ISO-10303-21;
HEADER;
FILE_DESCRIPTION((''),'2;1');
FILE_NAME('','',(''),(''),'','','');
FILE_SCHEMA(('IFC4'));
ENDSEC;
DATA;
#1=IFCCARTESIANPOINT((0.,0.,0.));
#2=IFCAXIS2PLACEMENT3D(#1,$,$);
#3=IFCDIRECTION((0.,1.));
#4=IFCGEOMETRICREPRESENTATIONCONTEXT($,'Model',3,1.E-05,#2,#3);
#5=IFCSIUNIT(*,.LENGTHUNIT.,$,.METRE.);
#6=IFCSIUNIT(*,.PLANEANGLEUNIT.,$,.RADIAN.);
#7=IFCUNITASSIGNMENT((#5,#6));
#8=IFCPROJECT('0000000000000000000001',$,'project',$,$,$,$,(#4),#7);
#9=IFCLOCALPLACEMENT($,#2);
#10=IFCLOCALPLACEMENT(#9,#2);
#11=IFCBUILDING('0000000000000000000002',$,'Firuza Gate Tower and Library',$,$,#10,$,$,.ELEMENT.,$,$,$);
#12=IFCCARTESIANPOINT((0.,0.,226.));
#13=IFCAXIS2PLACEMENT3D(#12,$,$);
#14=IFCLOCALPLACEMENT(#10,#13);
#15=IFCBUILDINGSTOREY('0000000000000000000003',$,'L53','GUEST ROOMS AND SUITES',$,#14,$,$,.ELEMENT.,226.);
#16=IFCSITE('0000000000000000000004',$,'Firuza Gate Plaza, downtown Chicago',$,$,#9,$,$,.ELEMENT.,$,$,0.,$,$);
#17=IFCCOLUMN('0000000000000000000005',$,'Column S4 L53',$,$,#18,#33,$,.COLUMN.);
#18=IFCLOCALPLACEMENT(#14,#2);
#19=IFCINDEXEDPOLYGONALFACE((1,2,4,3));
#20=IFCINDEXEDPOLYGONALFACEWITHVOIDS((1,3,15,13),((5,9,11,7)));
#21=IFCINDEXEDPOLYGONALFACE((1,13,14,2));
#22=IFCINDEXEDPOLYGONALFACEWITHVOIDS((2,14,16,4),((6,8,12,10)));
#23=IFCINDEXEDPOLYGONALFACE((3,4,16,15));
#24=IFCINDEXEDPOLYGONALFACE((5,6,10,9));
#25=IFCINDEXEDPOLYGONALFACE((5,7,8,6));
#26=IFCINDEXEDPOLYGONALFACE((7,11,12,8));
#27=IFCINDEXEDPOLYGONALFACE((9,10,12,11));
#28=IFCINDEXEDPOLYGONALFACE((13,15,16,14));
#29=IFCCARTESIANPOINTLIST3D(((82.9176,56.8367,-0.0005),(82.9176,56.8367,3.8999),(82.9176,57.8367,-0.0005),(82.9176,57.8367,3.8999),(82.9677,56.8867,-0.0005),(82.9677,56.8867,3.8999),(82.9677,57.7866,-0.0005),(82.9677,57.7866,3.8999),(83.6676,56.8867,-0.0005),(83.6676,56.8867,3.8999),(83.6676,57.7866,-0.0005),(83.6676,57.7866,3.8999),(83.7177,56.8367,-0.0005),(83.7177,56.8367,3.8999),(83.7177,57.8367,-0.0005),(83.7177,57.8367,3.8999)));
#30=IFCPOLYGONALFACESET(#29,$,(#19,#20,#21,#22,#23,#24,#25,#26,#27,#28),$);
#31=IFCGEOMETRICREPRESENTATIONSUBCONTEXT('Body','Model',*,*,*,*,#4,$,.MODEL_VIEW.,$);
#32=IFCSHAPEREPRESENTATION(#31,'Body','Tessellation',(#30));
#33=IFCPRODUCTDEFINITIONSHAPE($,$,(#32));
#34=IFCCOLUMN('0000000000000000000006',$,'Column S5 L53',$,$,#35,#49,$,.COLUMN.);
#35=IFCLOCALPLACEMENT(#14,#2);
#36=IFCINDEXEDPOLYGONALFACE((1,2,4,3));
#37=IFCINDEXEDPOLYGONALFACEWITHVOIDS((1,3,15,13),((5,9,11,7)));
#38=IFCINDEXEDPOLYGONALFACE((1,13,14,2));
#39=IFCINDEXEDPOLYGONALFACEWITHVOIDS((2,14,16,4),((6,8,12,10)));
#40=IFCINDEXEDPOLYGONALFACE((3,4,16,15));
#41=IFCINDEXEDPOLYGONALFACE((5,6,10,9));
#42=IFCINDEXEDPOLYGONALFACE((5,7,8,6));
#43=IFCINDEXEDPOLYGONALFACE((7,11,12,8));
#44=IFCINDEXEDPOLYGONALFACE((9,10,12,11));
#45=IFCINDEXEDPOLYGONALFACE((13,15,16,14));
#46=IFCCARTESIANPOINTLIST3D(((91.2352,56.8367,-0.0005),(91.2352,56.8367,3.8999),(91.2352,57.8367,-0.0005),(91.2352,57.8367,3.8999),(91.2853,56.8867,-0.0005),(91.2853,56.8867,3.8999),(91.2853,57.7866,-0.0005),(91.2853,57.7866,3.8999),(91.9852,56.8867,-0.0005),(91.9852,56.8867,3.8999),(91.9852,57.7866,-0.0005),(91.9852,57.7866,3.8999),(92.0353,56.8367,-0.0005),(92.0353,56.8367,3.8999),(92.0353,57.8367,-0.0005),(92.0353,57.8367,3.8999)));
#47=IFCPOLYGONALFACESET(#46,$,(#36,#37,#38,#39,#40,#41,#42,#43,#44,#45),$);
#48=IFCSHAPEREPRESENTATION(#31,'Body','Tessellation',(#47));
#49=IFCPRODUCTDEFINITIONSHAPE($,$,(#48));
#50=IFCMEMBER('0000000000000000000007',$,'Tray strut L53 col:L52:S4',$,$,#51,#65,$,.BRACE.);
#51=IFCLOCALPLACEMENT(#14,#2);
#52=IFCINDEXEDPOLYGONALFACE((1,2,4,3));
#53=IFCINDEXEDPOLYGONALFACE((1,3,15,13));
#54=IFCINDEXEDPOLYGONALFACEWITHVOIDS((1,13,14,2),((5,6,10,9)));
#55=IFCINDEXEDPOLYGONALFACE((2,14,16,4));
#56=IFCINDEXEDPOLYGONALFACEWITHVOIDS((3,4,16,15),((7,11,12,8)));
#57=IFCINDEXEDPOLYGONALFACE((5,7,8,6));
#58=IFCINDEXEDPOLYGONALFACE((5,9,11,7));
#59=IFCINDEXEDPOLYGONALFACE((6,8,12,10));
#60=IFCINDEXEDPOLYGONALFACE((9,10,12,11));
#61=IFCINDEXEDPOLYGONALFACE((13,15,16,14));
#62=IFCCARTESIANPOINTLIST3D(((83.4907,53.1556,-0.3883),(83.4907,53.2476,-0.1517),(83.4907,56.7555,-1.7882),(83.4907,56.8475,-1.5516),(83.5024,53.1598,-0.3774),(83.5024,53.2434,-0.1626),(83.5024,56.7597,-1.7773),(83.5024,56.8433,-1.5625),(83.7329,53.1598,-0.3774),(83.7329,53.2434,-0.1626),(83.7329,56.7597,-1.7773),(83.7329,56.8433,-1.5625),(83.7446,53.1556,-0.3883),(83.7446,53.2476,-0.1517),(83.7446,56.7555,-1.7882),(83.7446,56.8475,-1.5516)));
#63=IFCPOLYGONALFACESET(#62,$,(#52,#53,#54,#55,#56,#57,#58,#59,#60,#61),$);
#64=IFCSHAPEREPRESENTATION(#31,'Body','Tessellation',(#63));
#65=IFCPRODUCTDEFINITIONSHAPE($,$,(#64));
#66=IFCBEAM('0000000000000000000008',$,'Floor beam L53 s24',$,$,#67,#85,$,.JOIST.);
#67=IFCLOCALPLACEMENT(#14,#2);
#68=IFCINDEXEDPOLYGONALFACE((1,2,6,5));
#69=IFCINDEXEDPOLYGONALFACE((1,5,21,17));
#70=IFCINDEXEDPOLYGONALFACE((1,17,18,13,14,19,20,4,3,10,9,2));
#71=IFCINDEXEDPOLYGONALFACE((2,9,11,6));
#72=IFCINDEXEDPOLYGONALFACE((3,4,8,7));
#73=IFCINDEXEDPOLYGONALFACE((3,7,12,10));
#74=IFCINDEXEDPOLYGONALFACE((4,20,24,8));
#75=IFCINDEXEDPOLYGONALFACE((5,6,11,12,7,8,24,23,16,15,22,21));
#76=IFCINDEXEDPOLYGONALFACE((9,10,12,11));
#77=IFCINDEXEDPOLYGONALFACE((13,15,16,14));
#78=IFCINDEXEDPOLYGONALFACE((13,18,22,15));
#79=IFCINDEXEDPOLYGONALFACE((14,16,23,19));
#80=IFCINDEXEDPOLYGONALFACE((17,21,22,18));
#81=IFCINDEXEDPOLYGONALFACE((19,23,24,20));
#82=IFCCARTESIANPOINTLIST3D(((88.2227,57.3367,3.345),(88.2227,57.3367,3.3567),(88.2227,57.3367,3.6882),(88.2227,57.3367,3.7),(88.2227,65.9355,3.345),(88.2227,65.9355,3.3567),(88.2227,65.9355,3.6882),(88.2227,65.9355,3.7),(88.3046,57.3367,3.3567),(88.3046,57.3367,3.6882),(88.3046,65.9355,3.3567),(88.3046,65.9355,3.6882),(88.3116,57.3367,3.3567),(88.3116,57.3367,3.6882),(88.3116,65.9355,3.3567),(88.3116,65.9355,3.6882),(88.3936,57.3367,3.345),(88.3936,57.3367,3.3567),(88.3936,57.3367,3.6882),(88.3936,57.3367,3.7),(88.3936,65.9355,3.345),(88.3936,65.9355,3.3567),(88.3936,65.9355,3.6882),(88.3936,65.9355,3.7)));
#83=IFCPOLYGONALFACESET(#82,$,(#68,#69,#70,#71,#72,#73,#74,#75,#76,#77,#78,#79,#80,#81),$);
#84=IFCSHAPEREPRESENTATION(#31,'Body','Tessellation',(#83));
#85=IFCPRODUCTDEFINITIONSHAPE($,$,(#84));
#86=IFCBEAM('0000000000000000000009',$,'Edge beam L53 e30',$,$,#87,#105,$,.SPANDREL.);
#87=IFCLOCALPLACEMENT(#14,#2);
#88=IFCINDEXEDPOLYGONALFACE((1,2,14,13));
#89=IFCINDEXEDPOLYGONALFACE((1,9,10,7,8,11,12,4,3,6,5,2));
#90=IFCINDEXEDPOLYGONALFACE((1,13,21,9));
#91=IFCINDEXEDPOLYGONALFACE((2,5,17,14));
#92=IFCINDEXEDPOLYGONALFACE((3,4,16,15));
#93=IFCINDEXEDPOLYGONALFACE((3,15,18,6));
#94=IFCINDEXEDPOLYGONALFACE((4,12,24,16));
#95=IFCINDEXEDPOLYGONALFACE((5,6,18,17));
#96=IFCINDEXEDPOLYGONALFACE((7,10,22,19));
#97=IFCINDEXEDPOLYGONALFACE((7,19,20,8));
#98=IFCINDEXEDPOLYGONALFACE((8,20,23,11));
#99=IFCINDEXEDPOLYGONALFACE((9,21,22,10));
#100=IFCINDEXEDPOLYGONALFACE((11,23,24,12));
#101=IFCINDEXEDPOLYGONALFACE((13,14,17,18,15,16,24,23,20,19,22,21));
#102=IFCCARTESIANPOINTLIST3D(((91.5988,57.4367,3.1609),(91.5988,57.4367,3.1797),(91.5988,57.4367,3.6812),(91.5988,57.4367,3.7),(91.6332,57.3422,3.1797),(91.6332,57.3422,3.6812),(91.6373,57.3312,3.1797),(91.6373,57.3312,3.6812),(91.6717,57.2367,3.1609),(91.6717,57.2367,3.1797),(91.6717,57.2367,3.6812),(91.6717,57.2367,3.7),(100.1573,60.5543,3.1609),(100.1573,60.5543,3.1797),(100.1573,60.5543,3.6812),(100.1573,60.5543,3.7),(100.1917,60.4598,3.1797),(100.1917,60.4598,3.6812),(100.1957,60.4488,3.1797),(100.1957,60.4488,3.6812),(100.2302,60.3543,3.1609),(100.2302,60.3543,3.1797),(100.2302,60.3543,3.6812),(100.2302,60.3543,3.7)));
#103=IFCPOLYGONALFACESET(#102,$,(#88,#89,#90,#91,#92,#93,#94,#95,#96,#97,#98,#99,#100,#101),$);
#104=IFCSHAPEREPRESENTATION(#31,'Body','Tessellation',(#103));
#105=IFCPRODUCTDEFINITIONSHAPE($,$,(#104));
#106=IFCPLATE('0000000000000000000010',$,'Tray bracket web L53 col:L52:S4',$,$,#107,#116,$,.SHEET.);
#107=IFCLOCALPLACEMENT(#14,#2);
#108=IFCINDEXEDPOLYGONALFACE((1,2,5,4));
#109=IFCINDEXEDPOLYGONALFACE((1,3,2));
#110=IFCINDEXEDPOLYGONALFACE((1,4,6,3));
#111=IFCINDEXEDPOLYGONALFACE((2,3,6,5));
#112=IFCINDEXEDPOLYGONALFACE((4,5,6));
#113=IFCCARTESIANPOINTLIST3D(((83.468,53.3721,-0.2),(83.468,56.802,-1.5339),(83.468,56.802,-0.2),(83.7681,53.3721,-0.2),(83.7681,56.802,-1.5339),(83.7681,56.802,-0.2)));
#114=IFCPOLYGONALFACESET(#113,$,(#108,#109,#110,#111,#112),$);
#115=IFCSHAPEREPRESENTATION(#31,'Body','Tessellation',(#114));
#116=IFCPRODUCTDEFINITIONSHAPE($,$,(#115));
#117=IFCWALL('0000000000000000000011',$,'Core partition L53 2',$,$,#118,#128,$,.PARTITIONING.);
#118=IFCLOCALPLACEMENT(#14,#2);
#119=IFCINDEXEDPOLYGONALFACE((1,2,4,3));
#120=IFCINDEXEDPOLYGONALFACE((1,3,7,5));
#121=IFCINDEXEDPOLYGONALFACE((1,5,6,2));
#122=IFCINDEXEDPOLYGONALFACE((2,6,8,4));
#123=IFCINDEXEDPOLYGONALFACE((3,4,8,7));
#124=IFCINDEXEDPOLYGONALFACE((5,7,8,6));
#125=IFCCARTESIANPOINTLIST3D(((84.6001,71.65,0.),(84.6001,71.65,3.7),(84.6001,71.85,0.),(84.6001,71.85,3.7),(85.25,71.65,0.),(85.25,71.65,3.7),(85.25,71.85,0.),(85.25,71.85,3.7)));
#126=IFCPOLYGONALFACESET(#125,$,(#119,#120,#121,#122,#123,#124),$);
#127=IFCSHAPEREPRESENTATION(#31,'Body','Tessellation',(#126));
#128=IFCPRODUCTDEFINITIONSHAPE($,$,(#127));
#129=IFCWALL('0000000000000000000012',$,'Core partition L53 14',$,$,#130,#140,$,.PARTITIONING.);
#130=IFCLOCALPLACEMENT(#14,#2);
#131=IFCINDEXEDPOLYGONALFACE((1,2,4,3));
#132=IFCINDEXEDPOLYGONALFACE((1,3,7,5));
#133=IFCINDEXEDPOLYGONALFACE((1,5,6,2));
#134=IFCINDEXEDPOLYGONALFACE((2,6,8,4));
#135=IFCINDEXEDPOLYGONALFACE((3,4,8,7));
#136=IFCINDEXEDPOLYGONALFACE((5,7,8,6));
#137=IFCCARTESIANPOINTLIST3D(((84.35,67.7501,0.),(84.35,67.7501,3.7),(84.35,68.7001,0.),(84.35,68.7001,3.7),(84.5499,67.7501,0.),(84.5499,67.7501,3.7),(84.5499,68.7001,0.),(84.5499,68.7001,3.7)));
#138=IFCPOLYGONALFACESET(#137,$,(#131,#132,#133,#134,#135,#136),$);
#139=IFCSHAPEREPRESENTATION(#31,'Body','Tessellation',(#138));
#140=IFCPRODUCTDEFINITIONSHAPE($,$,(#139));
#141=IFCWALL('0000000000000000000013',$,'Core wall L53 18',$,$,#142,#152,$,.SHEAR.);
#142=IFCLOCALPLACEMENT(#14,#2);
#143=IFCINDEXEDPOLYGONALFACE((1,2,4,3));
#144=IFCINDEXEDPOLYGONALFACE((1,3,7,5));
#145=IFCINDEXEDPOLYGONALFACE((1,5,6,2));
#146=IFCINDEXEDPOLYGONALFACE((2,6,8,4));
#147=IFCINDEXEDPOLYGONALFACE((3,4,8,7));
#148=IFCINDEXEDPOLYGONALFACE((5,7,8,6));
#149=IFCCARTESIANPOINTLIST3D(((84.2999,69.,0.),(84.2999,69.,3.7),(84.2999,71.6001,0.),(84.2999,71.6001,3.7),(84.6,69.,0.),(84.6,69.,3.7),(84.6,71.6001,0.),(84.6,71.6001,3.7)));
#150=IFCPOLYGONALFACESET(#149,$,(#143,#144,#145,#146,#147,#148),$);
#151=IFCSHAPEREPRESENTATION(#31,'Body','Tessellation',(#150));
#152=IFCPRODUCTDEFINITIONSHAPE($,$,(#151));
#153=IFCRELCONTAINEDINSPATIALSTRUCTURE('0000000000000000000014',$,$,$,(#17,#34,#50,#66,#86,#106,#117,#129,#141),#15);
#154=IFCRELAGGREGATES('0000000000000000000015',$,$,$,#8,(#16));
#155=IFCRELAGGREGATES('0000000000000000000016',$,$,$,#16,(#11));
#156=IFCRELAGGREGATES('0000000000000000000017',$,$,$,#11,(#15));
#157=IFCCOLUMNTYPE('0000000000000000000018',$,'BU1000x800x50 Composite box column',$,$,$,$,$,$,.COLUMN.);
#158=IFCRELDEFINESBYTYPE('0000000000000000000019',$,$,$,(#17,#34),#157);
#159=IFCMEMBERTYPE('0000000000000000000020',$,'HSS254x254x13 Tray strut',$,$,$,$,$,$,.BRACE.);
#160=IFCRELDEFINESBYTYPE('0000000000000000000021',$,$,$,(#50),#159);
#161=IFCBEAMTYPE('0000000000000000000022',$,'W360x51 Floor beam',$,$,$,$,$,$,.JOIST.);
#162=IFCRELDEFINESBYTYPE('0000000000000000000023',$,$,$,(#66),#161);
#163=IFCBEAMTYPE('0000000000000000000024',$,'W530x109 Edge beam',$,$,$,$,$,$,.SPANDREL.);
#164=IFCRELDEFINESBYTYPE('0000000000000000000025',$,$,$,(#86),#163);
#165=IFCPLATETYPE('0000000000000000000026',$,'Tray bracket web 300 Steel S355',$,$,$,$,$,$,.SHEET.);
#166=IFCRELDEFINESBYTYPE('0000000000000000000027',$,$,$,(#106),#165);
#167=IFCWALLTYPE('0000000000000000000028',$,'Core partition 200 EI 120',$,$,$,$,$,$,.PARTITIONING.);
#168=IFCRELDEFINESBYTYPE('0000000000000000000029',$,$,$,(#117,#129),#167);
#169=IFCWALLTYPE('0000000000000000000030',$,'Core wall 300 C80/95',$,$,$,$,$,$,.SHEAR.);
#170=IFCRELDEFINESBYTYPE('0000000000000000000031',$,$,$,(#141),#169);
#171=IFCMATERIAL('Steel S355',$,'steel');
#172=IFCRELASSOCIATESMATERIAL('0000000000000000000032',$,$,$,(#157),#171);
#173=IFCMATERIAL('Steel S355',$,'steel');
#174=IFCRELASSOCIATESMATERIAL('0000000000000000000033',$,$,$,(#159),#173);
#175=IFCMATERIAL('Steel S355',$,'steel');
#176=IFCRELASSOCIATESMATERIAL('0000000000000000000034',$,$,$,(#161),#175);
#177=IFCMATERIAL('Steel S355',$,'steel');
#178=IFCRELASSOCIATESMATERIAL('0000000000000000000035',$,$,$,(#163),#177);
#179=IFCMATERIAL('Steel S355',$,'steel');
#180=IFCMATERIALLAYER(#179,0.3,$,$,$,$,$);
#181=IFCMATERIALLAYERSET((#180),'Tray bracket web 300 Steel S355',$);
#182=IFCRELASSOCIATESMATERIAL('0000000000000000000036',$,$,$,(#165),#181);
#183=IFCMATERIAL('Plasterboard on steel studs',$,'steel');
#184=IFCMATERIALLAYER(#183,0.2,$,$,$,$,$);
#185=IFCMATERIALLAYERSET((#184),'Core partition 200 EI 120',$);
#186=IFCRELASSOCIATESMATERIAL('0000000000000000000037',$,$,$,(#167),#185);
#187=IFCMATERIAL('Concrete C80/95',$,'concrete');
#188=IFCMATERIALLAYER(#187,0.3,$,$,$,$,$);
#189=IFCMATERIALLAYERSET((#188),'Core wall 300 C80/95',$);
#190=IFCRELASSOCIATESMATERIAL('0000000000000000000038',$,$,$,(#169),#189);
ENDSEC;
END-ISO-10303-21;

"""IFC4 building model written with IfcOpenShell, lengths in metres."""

from ifc_helpers import new_model, si_unit, direction, frame, frame_2d, origin, origin_2d, place, context, subcontext, project, spatial, polyline, rectangle, hollow_rectangle, i_section, outline, extrude, material, layer, layer_set, material_profile, profile_set, type_object, element, save


model = new_model("IFC4")

# Units and contexts
model_context = context("Model", 3, precision=1e-05, world=origin(), true_north=direction((0.0, 1.0)))
body_context = subcontext(model_context, "Body", "Model", "MODEL_VIEW")
ifc_project = project(units=[si_unit("LENGTHUNIT", "METRE"), si_unit("PLANEANGLEUNIT", "RADIAN")], contexts=[model_context])

# Site, building, storey
site_placement = place(None, origin())
site = spatial("IfcSite", under=ifc_project, at=site_placement, Name="Firuza Gate Plaza, downtown Chicago", CompositionType="ELEMENT", RefElevation=0.0)
building_placement = place(site_placement, origin())
building = spatial("IfcBuilding", under=site, at=building_placement, Name="Firuza Gate Tower and Library", CompositionType="ELEMENT")
storey_placement = place(building_placement, frame((0.0, 0.0, 226.0)))
storey = spatial("IfcBuildingStorey", under=building, at=storey_placement, Name="L53", Description="GUEST ROOMS AND SUITES", CompositionType="ELEMENT", Elevation=226.0)

# Columns
ifc_material_1 = material(Name="Steel S355", Category="steel")
ifc_material_profile_1 = material_profile(ifc_material_1, hollow_rectangle(XDim=0.8, YDim=1.0, WallThickness=0.05, at=origin_2d()))
ifc_profile_set_1 = profile_set([ifc_material_profile_1], Name="Steel S355")
column_type = type_object("IfcColumnType", Name="BU1000x800x50 Composite box column", PredefinedType="COLUMN", material=ifc_profile_set_1)
for number, where, z_axis, x_axis, name in (
    (1, (83.3176, 57.3367, -0.0005), (0.0, 0.0, 1.0), (1.0, 0.0, 0.0), "Column S4 L53"),
    (2, (91.6353, 57.3367, -0.0005), (0.0, 0.0, 1.0), (1.0, 0.0, 0.0), "Column S5 L53"),
):
    element("IfcColumn", number, at=place(storey_placement, frame(where, z_axis=z_axis, x_axis=x_axis)), inside=storey, type_object=column_type, Name=name, PredefinedType="COLUMN", context=body_context, shape_type="SweptSolid", body=[
        extrude(hollow_rectangle(XDim=0.8, YDim=1.0, WallThickness=0.05, at=origin_2d()), origin(), (0.0, 0.0, 1.0), 3.9004),
    ])

# Member
ifc_material_2 = material(Name="Steel S355", Category="steel")
ifc_material_profile_2 = material_profile(ifc_material_2, hollow_rectangle(XDim=0.2539, YDim=0.2539, WallThickness=0.0117, at=origin_2d()))
ifc_profile_set_2 = profile_set([ifc_material_profile_2], Name="Steel S355")
member_type = type_object("IfcMemberType", Name="HSS254x254x13 Tray strut", PredefinedType="BRACE", material=ifc_profile_set_2)
member_placement = place(storey_placement, frame((83.6177, 56.8015, -1.6699), z_axis=(0.0, -0.932008, 0.362437), x_axis=(1.0, 0.0, 0.0)))
element("IfcMember", 3, at=member_placement, inside=storey, type_object=member_type, Name="Tray strut L53 col:L52:S4", PredefinedType="BRACE", context=body_context, shape_type="SweptSolid", body=[
    extrude(hollow_rectangle(XDim=0.2539, YDim=0.2539, WallThickness=0.0117, at=origin_2d()), origin(), (0.0, 0.0, 1.0), 3.8625),
])

# Beams
ifc_material_3 = material(Name="Steel S355", Category="steel")
ifc_material_profile_3 = material_profile(ifc_material_3, i_section(OverallWidth=0.1709, OverallDepth=0.355, WebThickness=0.0071, FlangeThickness=0.0117, at=origin_2d()))
ifc_profile_set_3 = profile_set([ifc_material_profile_3], Name="Steel S355")
beam_type_1 = type_object("IfcBeamType", Name="W360x51 Floor beam", PredefinedType="JOIST", material=ifc_profile_set_3)
beam_1_placement = place(storey_placement, frame((88.3081, 57.3367, 3.5225), z_axis=(0.0, 1.0, 0.0), x_axis=(-1.0, 0.0, 0.0)))
element("IfcBeam", 4, at=beam_1_placement, inside=storey, type_object=beam_type_1, Name="Floor beam L53 s24", PredefinedType="JOIST", context=body_context, shape_type="SweptSolid", body=[
    extrude(i_section(OverallWidth=0.1709, OverallDepth=0.355, WebThickness=0.0071, FlangeThickness=0.0117, at=origin_2d()), origin(), (0.0, 0.0, 1.0), 8.5989),
])
ifc_material_4 = material(Name="Steel S355", Category="steel")
ifc_material_profile_4 = material_profile(ifc_material_4, i_section(OverallWidth=0.2129, OverallDepth=0.5391, WebThickness=0.0117, FlangeThickness=0.0188, at=origin_2d()))
ifc_profile_set_4 = profile_set([ifc_material_profile_4], Name="Steel S355")
beam_type_2 = type_object("IfcBeamType", Name="W530x109 Edge beam", PredefinedType="SPANDREL", material=ifc_profile_set_4)
beam_2_placement = place(storey_placement, frame((91.6353, 57.3367, 3.4304), z_axis=(0.939601, 0.342272, 0.0), x_axis=(-0.342272, 0.939601, 0.0)))
element("IfcBeam", 5, at=beam_2_placement, inside=storey, type_object=beam_type_2, Name="Edge beam L53 e30", PredefinedType="SPANDREL", context=body_context, shape_type="SweptSolid", body=[
    extrude(i_section(OverallWidth=0.2129, OverallDepth=0.5391, WebThickness=0.0117, FlangeThickness=0.0188, at=origin_2d()), origin(), (0.0, 0.0, 1.0), 9.1086),
])

# Plate
ifc_material_5 = material(Name="Steel S355", Category="steel")
ifc_layer_1 = layer(ifc_material_5, 0.3)
ifc_layer_set_1 = layer_set([ifc_layer_1], Name="Tray bracket web 300 Steel S355")
plate_type = type_object("IfcPlateType", Name="Tray bracket web 300 Steel S355", PredefinedType="SHEET", material=ifc_layer_set_1)
plate_placement = place(storey_placement, frame((83.7681, 56.802, -0.2), z_axis=(1.0, 0.0, 0.0), x_axis=(0.0, -1.0, 0.0)))
element("IfcPlate", 6, at=plate_placement, inside=storey, type_object=plate_type, Name="Tray bracket web L53 col:L52:S4", PredefinedType="SHEET", context=body_context, shape_type="SweptSolid", body=[
    extrude(outline(polyline([(0.0, 0.0), (3.4299, 0.0), (0.0, 1.334), (0.0, 0.0)])), origin(), (0.0, 0.0, -1.0), 0.3),
])

# Walls
ifc_material_6 = material(Name="Plasterboard on steel studs", Category="steel")
ifc_layer_2 = layer(ifc_material_6, 0.2)
ifc_layer_set_2 = layer_set([ifc_layer_2], Name="Core partition 200 EI 120")
wall_type_1 = type_object("IfcWallType", Name="Core partition 200 EI 120", PredefinedType="PARTITIONING", material=ifc_layer_set_2)
wall_1_placement = place(storey_placement, frame((84.6001, 71.75, 0.0), z_axis=(0.0, 0.0, 1.0), x_axis=(1.0, 0.0, 0.0)))
element("IfcWall", 7, at=wall_1_placement, inside=storey, type_object=wall_type_1, Name="Core partition L53 2", PredefinedType="PARTITIONING", context=body_context, shape_type="SweptSolid", body=[
    extrude(rectangle(XDim=0.6499, YDim=0.2, at=frame_2d((0.325, 0.0))), origin(), (0.0, 0.0, 1.0), 3.7),
])
wall_2_placement = place(storey_placement, frame((84.45, 67.75, 0.0), z_axis=(0.0, 0.0, 1.0), x_axis=(0.0, 1.0, 0.0)))
element("IfcWall", 8, at=wall_2_placement, inside=storey, type_object=wall_type_1, Name="Core partition L53 14", PredefinedType="PARTITIONING", context=body_context, shape_type="SweptSolid", body=[
    extrude(rectangle(XDim=0.95, YDim=0.2, at=frame_2d((0.4751, 0.0))), origin(), (0.0, 0.0, 1.0), 3.7),
])
ifc_material_7 = material(Name="Concrete C80/95", Category="concrete")
ifc_layer_3 = layer(ifc_material_7, 0.3)
ifc_layer_set_3 = layer_set([ifc_layer_3], Name="Core wall 300 C80/95")
wall_type_2 = type_object("IfcWallType", Name="Core wall 300 C80/95", PredefinedType="SHEAR", material=ifc_layer_set_3)
wall_3_placement = place(storey_placement, frame((84.45, 69.0, 0.0), z_axis=(0.0, 0.0, 1.0), x_axis=(0.0, 1.0, 0.0)))
element("IfcWall", 9, at=wall_3_placement, inside=storey, type_object=wall_type_2, Name="Core wall L53 18", PredefinedType="SHEAR", context=body_context, shape_type="SweptSolid", body=[
    extrude(rectangle(XDim=2.6001, YDim=0.3, at=frame_2d((1.3, 0.0))), origin(), (0.0, 0.0, 1.0), 3.7),
])

save(model, "model.ifc")
